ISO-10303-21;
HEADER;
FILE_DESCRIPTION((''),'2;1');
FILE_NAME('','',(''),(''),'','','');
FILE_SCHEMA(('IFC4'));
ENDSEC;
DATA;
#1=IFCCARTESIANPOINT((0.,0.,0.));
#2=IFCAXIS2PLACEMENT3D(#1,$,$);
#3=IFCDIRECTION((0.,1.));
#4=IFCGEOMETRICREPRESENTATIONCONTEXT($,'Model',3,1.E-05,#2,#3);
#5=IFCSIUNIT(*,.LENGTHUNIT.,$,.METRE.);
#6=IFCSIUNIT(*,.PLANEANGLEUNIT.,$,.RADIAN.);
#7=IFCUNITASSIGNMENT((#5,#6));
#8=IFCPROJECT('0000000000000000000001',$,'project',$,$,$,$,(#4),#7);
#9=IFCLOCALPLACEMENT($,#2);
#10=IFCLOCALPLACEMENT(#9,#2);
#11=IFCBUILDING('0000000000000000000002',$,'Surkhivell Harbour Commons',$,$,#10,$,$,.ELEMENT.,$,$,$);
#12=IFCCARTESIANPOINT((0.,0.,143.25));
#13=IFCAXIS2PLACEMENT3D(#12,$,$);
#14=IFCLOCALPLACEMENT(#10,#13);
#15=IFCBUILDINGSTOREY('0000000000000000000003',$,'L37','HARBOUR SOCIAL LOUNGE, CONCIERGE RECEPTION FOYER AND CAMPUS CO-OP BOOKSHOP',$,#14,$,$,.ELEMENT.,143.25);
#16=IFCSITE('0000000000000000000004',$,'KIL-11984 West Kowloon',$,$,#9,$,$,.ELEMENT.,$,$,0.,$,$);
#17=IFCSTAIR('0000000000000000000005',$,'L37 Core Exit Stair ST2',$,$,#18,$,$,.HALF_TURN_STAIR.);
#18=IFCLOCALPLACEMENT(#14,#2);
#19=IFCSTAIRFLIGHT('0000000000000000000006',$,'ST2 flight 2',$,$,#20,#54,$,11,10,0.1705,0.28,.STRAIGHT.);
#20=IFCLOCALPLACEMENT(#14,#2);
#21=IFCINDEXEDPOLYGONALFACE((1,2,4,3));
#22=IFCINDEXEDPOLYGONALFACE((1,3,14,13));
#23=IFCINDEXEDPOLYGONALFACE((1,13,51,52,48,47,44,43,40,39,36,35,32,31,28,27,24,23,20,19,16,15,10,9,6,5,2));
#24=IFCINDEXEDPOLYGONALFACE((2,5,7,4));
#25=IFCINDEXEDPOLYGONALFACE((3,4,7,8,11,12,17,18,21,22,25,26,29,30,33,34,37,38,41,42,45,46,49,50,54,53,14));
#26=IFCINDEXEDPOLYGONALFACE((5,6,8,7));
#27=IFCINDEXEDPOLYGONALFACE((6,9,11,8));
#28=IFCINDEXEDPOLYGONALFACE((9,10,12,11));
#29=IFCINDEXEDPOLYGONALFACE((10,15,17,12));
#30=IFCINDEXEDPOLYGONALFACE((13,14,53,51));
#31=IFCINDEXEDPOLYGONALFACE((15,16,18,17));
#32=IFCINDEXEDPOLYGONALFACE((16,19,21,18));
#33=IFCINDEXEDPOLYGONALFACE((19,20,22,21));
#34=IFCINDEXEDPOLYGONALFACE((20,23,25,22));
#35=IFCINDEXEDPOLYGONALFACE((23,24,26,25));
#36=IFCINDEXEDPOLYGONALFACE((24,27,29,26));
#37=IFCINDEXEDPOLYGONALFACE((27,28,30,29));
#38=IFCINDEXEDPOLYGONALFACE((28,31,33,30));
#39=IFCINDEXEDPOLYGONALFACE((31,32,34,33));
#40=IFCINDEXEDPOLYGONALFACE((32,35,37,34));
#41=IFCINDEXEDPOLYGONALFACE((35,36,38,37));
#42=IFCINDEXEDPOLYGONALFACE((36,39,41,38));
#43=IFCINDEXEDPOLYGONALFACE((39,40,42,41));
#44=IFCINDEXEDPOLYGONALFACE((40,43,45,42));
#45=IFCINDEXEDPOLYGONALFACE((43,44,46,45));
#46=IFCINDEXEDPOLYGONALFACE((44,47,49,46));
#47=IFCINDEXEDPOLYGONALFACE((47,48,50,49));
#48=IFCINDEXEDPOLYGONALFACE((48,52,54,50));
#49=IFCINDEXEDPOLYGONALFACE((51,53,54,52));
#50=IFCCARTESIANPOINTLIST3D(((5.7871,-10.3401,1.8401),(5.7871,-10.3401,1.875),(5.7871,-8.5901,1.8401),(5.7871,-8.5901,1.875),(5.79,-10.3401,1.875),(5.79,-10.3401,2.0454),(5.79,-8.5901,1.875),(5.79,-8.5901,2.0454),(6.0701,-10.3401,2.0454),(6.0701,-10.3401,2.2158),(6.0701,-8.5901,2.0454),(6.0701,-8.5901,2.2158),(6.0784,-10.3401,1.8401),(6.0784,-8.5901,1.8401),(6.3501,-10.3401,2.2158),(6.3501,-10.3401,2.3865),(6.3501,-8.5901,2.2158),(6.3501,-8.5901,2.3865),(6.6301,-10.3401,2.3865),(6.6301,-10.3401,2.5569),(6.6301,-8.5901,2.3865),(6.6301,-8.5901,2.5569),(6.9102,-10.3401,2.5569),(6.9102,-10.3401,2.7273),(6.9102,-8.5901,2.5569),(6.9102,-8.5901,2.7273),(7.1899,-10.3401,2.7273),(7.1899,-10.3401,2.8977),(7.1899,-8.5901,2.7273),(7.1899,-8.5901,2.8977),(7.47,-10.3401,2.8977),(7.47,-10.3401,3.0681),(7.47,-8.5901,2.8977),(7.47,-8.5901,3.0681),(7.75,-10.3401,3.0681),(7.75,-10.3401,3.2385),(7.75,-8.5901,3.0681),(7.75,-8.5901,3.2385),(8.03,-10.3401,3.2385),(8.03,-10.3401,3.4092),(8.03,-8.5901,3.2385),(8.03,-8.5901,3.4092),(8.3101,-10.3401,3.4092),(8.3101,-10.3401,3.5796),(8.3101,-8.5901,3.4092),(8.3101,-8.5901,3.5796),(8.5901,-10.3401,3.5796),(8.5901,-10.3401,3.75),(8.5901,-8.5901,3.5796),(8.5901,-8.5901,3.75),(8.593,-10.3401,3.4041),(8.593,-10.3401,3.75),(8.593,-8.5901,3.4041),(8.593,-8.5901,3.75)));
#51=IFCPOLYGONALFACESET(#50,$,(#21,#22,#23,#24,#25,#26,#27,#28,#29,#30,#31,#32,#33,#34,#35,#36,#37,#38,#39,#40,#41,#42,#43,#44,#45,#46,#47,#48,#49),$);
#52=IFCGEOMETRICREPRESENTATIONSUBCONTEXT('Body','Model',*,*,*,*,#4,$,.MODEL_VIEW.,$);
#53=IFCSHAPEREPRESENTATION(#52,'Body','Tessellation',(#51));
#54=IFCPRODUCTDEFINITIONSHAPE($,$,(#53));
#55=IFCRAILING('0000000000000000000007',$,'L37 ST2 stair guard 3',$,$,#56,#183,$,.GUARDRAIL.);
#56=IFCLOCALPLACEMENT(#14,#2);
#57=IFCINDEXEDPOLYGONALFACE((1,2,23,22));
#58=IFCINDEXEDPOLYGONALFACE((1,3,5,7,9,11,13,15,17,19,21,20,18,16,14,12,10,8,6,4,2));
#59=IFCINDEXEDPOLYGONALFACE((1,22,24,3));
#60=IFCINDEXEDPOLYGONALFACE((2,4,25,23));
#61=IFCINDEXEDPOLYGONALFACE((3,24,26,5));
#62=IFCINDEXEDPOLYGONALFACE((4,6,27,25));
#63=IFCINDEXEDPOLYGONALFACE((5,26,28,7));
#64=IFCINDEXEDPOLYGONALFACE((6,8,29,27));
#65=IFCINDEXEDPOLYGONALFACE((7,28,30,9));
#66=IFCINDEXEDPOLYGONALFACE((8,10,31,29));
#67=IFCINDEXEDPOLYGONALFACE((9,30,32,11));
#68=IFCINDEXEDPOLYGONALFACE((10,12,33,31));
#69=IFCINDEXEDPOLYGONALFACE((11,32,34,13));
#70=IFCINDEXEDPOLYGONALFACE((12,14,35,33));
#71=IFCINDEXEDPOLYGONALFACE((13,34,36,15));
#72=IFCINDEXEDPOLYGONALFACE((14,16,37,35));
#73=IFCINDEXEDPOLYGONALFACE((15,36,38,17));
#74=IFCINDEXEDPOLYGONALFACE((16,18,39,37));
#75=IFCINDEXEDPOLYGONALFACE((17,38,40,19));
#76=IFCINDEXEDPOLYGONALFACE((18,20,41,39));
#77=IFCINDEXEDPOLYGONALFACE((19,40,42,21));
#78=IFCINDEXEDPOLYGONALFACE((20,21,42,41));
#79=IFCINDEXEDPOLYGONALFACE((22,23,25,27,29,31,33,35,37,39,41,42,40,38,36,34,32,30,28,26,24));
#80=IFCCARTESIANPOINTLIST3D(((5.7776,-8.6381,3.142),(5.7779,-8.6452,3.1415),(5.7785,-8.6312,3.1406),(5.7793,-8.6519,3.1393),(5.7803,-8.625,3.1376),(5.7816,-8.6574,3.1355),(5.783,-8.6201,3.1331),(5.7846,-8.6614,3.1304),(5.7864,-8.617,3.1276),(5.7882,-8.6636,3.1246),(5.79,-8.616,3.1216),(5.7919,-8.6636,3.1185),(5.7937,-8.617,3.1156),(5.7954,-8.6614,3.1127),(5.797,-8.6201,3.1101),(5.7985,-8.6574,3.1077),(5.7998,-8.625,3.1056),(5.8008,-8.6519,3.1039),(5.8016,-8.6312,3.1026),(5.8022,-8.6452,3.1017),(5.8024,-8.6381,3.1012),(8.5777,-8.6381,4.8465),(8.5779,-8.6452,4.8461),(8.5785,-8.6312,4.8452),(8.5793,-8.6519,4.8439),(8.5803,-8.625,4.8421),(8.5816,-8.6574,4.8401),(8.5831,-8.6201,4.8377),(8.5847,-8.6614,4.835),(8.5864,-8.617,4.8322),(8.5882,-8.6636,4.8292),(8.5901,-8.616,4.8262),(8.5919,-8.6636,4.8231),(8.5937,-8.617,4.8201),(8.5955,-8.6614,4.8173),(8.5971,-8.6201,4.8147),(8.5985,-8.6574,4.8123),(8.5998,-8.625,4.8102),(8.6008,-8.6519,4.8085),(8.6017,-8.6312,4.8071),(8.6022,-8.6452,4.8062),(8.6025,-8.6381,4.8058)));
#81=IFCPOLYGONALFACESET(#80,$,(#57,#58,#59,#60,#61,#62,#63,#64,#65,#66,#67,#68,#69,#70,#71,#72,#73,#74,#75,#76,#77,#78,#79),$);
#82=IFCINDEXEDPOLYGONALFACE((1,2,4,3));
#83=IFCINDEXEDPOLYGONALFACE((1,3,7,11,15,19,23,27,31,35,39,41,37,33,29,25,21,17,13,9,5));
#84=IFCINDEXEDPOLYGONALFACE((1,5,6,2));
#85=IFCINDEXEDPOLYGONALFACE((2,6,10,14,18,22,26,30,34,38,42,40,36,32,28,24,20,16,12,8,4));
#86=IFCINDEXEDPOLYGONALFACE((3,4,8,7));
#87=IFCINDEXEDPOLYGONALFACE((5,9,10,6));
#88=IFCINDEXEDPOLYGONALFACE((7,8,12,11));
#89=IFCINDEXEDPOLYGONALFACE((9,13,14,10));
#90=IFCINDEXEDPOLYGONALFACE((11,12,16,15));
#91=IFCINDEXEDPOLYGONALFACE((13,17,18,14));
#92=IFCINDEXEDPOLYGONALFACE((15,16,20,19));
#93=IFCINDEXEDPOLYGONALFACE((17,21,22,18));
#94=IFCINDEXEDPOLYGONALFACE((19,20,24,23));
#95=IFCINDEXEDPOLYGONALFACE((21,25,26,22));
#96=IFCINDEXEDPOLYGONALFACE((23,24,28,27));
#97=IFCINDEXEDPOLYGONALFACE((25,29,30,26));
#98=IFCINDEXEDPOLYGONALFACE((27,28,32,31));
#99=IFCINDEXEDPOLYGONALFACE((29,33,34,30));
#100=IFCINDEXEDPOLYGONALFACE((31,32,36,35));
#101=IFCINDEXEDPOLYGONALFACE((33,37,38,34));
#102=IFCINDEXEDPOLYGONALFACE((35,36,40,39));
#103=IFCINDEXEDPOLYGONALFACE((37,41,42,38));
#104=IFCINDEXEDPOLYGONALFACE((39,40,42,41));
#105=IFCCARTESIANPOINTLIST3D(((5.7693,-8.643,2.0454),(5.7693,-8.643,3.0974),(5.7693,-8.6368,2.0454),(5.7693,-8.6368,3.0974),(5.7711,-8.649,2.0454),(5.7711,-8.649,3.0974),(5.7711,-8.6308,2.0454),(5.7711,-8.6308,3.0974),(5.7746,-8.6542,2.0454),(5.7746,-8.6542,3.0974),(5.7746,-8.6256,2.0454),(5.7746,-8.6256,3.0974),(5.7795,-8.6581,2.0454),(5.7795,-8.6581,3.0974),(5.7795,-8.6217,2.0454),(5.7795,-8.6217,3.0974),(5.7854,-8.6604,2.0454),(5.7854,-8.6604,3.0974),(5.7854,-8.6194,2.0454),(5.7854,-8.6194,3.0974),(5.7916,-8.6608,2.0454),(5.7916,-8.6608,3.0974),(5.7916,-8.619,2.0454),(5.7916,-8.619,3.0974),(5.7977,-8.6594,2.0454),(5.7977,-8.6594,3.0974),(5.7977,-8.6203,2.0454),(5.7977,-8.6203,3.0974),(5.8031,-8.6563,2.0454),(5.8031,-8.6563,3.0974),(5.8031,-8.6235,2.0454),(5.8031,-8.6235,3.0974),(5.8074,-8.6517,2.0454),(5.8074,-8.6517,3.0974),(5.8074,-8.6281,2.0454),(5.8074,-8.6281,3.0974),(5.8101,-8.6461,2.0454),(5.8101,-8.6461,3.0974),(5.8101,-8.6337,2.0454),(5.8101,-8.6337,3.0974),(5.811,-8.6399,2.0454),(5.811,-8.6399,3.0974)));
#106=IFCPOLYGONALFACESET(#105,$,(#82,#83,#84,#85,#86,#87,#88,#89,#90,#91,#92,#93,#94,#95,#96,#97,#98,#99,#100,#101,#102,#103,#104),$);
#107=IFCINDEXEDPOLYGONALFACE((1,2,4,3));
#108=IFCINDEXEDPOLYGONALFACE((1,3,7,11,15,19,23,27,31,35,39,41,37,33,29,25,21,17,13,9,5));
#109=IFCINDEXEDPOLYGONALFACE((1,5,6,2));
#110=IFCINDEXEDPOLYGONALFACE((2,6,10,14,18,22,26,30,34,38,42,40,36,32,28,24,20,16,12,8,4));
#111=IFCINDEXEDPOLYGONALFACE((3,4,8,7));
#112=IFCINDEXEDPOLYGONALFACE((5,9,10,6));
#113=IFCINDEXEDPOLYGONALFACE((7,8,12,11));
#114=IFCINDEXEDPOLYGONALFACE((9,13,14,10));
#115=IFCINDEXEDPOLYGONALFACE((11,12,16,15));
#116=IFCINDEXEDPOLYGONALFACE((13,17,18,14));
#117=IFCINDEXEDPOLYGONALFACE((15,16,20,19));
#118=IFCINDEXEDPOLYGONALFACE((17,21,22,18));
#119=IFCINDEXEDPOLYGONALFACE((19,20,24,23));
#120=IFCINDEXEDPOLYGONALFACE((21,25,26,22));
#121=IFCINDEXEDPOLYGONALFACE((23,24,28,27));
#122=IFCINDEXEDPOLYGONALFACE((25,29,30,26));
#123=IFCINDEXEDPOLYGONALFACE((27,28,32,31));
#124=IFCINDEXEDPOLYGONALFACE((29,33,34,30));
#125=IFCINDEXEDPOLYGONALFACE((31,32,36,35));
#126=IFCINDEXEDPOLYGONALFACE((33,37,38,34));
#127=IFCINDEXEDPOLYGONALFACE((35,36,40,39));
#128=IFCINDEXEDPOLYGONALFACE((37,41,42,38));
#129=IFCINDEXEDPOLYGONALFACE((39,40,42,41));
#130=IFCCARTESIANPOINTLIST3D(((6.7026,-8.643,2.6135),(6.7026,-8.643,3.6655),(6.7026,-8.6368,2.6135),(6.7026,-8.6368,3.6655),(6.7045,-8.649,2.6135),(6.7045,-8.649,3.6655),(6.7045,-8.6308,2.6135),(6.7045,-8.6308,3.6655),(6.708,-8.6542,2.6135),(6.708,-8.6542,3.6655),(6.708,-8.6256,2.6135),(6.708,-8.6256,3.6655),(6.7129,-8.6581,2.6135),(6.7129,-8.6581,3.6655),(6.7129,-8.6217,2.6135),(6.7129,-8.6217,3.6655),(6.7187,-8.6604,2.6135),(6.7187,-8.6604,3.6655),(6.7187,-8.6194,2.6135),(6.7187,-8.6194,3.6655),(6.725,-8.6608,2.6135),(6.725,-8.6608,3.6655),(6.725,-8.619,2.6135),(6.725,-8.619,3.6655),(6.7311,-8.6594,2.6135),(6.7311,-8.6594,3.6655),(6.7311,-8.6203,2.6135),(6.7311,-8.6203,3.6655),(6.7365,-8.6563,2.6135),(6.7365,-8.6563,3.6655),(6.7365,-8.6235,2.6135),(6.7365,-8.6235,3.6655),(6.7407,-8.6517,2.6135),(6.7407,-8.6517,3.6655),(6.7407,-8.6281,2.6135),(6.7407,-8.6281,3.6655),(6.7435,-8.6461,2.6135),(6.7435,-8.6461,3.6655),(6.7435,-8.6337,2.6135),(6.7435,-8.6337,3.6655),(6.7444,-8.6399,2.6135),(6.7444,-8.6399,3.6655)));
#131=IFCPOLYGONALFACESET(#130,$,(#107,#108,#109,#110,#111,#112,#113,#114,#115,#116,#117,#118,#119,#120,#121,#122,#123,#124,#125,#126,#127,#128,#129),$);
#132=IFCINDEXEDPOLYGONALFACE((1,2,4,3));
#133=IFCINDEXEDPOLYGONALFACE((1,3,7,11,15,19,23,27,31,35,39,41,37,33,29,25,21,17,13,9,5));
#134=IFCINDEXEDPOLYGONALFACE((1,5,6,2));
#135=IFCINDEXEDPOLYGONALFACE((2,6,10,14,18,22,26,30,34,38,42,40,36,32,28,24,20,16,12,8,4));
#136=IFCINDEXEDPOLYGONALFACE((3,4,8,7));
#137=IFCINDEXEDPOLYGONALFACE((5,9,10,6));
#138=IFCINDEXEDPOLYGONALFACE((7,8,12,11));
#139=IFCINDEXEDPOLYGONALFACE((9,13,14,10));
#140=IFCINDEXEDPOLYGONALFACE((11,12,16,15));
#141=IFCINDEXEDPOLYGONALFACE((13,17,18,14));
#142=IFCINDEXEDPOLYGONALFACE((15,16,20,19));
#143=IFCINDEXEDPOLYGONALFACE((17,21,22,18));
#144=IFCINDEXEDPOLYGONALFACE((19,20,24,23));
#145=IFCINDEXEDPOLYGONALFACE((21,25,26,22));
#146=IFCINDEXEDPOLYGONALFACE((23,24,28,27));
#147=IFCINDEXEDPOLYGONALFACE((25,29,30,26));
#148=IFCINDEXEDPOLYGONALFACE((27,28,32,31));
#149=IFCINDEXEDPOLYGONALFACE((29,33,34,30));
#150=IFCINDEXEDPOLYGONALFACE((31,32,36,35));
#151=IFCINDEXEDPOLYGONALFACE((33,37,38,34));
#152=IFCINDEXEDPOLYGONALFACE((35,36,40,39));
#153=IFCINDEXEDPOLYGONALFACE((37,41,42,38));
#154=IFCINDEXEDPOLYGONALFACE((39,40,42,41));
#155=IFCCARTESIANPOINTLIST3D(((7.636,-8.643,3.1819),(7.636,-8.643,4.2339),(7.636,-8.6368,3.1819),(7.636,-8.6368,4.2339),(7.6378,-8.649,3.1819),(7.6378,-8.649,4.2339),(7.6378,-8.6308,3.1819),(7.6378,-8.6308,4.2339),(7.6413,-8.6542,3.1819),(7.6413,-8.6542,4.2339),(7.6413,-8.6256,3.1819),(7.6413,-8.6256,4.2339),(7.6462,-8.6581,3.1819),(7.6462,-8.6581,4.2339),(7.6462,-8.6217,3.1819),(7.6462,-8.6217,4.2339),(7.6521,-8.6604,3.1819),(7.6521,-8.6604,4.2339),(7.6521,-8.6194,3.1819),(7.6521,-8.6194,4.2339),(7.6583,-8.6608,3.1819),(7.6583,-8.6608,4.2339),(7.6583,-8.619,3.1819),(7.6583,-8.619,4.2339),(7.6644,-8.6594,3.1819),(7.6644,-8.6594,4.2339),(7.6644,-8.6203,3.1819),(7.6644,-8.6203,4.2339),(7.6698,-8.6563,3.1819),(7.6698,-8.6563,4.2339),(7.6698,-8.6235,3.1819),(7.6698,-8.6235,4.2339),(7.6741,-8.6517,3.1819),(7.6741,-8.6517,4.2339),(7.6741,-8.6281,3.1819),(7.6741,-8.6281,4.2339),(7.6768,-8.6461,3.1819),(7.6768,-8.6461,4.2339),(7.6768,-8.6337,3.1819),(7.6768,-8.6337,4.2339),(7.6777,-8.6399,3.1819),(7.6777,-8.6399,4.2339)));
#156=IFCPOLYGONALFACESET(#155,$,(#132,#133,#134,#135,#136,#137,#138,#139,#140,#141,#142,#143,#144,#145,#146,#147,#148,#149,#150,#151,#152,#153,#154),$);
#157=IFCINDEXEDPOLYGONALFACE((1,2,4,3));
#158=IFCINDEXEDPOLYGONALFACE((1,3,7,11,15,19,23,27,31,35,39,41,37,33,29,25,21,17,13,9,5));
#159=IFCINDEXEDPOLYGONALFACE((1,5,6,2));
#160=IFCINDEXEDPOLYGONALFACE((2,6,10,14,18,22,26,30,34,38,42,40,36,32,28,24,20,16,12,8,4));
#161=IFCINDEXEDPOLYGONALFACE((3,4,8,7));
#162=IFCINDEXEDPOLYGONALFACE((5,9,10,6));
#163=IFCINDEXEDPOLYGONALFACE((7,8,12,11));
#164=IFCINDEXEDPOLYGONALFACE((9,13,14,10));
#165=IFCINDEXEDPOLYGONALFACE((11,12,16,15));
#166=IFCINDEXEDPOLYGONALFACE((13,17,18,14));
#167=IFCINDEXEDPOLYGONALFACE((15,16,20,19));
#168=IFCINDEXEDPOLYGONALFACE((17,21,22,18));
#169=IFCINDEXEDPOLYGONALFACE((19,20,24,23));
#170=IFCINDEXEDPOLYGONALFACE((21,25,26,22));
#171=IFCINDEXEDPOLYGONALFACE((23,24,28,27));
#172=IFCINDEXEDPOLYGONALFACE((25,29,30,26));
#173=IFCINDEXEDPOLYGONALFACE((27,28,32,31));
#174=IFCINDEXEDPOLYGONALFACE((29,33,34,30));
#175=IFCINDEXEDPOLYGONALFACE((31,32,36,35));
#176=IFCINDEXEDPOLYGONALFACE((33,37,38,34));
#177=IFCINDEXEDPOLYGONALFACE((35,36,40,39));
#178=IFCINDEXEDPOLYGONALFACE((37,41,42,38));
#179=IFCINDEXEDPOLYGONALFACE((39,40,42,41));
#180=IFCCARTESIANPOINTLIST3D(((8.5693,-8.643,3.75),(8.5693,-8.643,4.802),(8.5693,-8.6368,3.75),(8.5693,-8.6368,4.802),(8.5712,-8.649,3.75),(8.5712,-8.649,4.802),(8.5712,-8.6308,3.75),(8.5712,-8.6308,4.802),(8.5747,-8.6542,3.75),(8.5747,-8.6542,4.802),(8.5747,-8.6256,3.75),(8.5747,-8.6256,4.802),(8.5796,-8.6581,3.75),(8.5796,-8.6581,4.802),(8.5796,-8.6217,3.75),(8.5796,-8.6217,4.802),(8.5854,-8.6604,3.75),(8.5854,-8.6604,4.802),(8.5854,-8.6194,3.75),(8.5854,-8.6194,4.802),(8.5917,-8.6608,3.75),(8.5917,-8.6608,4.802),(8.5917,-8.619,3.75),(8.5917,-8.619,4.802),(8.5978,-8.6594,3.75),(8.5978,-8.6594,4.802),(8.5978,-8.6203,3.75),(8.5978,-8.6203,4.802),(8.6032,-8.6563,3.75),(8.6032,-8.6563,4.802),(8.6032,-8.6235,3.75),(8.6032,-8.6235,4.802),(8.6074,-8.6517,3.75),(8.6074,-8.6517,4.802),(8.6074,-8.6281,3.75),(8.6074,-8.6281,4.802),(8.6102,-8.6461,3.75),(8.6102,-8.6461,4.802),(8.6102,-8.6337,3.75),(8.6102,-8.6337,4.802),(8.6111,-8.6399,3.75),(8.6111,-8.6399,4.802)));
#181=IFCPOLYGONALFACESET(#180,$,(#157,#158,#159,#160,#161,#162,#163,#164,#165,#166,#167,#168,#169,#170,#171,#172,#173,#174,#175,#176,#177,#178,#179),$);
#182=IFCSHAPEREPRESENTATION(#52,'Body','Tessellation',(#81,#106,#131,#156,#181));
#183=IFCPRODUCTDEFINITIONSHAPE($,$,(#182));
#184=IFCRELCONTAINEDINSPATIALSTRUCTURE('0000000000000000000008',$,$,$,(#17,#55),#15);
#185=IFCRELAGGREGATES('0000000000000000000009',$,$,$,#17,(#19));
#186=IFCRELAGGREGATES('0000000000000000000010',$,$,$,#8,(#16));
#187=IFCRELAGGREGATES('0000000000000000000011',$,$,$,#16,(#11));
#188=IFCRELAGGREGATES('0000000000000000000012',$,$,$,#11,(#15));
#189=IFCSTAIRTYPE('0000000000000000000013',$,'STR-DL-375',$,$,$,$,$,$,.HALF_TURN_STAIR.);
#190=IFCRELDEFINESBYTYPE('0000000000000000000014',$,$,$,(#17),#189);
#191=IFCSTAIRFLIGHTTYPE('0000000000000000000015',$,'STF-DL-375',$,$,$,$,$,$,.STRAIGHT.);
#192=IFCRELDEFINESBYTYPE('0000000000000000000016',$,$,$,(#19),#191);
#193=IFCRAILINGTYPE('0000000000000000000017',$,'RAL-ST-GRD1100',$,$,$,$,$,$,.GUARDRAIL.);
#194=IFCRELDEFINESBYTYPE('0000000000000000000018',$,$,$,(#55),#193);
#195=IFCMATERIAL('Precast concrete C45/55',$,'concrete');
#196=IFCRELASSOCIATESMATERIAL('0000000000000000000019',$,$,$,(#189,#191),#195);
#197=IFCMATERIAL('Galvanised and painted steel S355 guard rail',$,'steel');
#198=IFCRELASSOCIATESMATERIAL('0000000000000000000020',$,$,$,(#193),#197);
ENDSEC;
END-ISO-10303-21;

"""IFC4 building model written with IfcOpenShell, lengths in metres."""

from ifc_helpers import new_model, si_unit, direction, frame, origin, origin_2d, place, context, subcontext, project, spatial, polyline, circle, outline, extrude, material, type_object, element, aggregate, save


model = new_model("IFC4")

# Units and contexts
model_context = context("Model", 3, precision=1e-05, world=origin(), true_north=direction((0.0, 1.0)))
body_context = subcontext(model_context, "Body", "Model", "MODEL_VIEW")
ifc_project = project(units=[si_unit("LENGTHUNIT", "METRE"), si_unit("PLANEANGLEUNIT", "RADIAN")], contexts=[model_context])

# Site, building, storey
site_placement = place(None, origin())
site = spatial("IfcSite", under=ifc_project, at=site_placement, Name="KIL-11984 West Kowloon", CompositionType="ELEMENT", RefElevation=0.0)
building_placement = place(site_placement, origin())
building = spatial("IfcBuilding", under=site, at=building_placement, Name="Surkhivell Harbour Commons", CompositionType="ELEMENT")
storey_placement = place(building_placement, frame((0.0, 0.0, 143.25)))
storey = spatial("IfcBuildingStorey", under=building, at=storey_placement, Name="L37", Description="HARBOUR SOCIAL LOUNGE, CONCIERGE RECEPTION FOYER AND CAMPUS CO-OP BOOKSHOP", CompositionType="ELEMENT", Elevation=143.25)

# Stair, stair flight
ifc_material_1 = material(Name="Precast concrete C45/55", Category="concrete")
stair_type = type_object("IfcStairType", Name="STR-DL-375", PredefinedType="HALF_TURN_STAIR", material=ifc_material_1)
stair_placement = place(storey_placement, origin())
stair = element("IfcStair", 1, at=stair_placement, inside=storey, type_object=stair_type, Name="L37 Core Exit Stair ST2", PredefinedType="HALF_TURN_STAIR")
stair_flight_type = type_object("IfcStairFlightType", Name="STF-DL-375", PredefinedType="STRAIGHT", material=ifc_material_1)
stair_flight_placement = place(storey_placement, frame((5.79, -9.4651, 1.875), z_axis=(0.0, 0.0, 1.0), x_axis=(1.0, 0.0, 0.0)))
stair_flight = element("IfcStairFlight", 2, at=stair_flight_placement, type_object=stair_flight_type, Name="ST2 flight 2", NumberOfRisers=11, NumberOfTreads=10, PredefinedType="STRAIGHT", RiserHeight=0.1705, TreadLength=0.28, context=body_context, shape_type="SweptSolid", body=[
    extrude(outline(polyline([(-0.0029, -0.0349), (-0.0029, 0.0), (0.0, 0.0), (0.0, 0.1704), (0.28, 0.1704), (0.28, 0.3408), (0.5601, 0.3408), (0.5601, 0.5115), (0.8401, 0.5115), (0.8401, 0.6819), (1.1201, 0.6819), (1.1201, 0.8523), (1.3999, 0.8523), (1.3999, 1.0227), (1.6799, 1.0227), (1.6799, 1.1931), (1.96, 1.1931), (1.96, 1.3635), (2.24, 1.3635), (2.24, 1.5342), (2.52, 1.5342), (2.52, 1.7046), (2.8, 1.7046), (2.8, 1.875), (2.803, 1.875), (2.803, 1.5291), (0.2883, -0.0349), (-0.0029, -0.0349)])), frame((0.0, 0.875, 0.0), z_axis=(0.0, -1.0, 0.0), x_axis=(1.0, 0.0, 0.0)), (0.0, 0.0, 1.0), 1.75),
])
aggregate(stair, [stair_flight])

# Railing
ifc_material_2 = material(Name="Galvanised and painted steel S355 guard rail", Category="steel")
railing_type = type_object("IfcRailingType", Name="RAL-ST-GRD1100", PredefinedType="GUARDRAIL", material=ifc_material_2)
railing_1_placement = place(storey_placement, frame((5.79, -8.6399, 2.0454)))
element("IfcRailing", 3, at=railing_1_placement, inside=storey, type_object=railing_type, Name="L37 ST2 stair guard 3", PredefinedType="GUARDRAIL", context=body_context, shape_type="SweptSolid", body=[
    extrude(circle(Radius=0.0239, at=origin_2d()), frame((0.0, 0.0, 1.0762), z_axis=(0.85417, 0.0, 0.519994), x_axis=(0.0, 1.0, 0.0)), (0.0, 0.0, 1.0), 3.2781),
    extrude(circle(Radius=0.021, at=origin_2d()), origin(), (0.0, 0.0, 1.0), 1.052),
    extrude(circle(Radius=0.021, at=origin_2d()), frame((0.9333, 0.0, 0.5681)), (0.0, 0.0, 1.0), 1.052),
    extrude(circle(Radius=0.021, at=origin_2d()), frame((1.8667, 0.0, 1.1365)), (0.0, 0.0, 1.0), 1.052),
    extrude(circle(Radius=0.021, at=origin_2d()), frame((2.8, 0.0, 1.7046)), (0.0, 0.0, 1.0), 1.052),
])

save(model, "model.ifc")
